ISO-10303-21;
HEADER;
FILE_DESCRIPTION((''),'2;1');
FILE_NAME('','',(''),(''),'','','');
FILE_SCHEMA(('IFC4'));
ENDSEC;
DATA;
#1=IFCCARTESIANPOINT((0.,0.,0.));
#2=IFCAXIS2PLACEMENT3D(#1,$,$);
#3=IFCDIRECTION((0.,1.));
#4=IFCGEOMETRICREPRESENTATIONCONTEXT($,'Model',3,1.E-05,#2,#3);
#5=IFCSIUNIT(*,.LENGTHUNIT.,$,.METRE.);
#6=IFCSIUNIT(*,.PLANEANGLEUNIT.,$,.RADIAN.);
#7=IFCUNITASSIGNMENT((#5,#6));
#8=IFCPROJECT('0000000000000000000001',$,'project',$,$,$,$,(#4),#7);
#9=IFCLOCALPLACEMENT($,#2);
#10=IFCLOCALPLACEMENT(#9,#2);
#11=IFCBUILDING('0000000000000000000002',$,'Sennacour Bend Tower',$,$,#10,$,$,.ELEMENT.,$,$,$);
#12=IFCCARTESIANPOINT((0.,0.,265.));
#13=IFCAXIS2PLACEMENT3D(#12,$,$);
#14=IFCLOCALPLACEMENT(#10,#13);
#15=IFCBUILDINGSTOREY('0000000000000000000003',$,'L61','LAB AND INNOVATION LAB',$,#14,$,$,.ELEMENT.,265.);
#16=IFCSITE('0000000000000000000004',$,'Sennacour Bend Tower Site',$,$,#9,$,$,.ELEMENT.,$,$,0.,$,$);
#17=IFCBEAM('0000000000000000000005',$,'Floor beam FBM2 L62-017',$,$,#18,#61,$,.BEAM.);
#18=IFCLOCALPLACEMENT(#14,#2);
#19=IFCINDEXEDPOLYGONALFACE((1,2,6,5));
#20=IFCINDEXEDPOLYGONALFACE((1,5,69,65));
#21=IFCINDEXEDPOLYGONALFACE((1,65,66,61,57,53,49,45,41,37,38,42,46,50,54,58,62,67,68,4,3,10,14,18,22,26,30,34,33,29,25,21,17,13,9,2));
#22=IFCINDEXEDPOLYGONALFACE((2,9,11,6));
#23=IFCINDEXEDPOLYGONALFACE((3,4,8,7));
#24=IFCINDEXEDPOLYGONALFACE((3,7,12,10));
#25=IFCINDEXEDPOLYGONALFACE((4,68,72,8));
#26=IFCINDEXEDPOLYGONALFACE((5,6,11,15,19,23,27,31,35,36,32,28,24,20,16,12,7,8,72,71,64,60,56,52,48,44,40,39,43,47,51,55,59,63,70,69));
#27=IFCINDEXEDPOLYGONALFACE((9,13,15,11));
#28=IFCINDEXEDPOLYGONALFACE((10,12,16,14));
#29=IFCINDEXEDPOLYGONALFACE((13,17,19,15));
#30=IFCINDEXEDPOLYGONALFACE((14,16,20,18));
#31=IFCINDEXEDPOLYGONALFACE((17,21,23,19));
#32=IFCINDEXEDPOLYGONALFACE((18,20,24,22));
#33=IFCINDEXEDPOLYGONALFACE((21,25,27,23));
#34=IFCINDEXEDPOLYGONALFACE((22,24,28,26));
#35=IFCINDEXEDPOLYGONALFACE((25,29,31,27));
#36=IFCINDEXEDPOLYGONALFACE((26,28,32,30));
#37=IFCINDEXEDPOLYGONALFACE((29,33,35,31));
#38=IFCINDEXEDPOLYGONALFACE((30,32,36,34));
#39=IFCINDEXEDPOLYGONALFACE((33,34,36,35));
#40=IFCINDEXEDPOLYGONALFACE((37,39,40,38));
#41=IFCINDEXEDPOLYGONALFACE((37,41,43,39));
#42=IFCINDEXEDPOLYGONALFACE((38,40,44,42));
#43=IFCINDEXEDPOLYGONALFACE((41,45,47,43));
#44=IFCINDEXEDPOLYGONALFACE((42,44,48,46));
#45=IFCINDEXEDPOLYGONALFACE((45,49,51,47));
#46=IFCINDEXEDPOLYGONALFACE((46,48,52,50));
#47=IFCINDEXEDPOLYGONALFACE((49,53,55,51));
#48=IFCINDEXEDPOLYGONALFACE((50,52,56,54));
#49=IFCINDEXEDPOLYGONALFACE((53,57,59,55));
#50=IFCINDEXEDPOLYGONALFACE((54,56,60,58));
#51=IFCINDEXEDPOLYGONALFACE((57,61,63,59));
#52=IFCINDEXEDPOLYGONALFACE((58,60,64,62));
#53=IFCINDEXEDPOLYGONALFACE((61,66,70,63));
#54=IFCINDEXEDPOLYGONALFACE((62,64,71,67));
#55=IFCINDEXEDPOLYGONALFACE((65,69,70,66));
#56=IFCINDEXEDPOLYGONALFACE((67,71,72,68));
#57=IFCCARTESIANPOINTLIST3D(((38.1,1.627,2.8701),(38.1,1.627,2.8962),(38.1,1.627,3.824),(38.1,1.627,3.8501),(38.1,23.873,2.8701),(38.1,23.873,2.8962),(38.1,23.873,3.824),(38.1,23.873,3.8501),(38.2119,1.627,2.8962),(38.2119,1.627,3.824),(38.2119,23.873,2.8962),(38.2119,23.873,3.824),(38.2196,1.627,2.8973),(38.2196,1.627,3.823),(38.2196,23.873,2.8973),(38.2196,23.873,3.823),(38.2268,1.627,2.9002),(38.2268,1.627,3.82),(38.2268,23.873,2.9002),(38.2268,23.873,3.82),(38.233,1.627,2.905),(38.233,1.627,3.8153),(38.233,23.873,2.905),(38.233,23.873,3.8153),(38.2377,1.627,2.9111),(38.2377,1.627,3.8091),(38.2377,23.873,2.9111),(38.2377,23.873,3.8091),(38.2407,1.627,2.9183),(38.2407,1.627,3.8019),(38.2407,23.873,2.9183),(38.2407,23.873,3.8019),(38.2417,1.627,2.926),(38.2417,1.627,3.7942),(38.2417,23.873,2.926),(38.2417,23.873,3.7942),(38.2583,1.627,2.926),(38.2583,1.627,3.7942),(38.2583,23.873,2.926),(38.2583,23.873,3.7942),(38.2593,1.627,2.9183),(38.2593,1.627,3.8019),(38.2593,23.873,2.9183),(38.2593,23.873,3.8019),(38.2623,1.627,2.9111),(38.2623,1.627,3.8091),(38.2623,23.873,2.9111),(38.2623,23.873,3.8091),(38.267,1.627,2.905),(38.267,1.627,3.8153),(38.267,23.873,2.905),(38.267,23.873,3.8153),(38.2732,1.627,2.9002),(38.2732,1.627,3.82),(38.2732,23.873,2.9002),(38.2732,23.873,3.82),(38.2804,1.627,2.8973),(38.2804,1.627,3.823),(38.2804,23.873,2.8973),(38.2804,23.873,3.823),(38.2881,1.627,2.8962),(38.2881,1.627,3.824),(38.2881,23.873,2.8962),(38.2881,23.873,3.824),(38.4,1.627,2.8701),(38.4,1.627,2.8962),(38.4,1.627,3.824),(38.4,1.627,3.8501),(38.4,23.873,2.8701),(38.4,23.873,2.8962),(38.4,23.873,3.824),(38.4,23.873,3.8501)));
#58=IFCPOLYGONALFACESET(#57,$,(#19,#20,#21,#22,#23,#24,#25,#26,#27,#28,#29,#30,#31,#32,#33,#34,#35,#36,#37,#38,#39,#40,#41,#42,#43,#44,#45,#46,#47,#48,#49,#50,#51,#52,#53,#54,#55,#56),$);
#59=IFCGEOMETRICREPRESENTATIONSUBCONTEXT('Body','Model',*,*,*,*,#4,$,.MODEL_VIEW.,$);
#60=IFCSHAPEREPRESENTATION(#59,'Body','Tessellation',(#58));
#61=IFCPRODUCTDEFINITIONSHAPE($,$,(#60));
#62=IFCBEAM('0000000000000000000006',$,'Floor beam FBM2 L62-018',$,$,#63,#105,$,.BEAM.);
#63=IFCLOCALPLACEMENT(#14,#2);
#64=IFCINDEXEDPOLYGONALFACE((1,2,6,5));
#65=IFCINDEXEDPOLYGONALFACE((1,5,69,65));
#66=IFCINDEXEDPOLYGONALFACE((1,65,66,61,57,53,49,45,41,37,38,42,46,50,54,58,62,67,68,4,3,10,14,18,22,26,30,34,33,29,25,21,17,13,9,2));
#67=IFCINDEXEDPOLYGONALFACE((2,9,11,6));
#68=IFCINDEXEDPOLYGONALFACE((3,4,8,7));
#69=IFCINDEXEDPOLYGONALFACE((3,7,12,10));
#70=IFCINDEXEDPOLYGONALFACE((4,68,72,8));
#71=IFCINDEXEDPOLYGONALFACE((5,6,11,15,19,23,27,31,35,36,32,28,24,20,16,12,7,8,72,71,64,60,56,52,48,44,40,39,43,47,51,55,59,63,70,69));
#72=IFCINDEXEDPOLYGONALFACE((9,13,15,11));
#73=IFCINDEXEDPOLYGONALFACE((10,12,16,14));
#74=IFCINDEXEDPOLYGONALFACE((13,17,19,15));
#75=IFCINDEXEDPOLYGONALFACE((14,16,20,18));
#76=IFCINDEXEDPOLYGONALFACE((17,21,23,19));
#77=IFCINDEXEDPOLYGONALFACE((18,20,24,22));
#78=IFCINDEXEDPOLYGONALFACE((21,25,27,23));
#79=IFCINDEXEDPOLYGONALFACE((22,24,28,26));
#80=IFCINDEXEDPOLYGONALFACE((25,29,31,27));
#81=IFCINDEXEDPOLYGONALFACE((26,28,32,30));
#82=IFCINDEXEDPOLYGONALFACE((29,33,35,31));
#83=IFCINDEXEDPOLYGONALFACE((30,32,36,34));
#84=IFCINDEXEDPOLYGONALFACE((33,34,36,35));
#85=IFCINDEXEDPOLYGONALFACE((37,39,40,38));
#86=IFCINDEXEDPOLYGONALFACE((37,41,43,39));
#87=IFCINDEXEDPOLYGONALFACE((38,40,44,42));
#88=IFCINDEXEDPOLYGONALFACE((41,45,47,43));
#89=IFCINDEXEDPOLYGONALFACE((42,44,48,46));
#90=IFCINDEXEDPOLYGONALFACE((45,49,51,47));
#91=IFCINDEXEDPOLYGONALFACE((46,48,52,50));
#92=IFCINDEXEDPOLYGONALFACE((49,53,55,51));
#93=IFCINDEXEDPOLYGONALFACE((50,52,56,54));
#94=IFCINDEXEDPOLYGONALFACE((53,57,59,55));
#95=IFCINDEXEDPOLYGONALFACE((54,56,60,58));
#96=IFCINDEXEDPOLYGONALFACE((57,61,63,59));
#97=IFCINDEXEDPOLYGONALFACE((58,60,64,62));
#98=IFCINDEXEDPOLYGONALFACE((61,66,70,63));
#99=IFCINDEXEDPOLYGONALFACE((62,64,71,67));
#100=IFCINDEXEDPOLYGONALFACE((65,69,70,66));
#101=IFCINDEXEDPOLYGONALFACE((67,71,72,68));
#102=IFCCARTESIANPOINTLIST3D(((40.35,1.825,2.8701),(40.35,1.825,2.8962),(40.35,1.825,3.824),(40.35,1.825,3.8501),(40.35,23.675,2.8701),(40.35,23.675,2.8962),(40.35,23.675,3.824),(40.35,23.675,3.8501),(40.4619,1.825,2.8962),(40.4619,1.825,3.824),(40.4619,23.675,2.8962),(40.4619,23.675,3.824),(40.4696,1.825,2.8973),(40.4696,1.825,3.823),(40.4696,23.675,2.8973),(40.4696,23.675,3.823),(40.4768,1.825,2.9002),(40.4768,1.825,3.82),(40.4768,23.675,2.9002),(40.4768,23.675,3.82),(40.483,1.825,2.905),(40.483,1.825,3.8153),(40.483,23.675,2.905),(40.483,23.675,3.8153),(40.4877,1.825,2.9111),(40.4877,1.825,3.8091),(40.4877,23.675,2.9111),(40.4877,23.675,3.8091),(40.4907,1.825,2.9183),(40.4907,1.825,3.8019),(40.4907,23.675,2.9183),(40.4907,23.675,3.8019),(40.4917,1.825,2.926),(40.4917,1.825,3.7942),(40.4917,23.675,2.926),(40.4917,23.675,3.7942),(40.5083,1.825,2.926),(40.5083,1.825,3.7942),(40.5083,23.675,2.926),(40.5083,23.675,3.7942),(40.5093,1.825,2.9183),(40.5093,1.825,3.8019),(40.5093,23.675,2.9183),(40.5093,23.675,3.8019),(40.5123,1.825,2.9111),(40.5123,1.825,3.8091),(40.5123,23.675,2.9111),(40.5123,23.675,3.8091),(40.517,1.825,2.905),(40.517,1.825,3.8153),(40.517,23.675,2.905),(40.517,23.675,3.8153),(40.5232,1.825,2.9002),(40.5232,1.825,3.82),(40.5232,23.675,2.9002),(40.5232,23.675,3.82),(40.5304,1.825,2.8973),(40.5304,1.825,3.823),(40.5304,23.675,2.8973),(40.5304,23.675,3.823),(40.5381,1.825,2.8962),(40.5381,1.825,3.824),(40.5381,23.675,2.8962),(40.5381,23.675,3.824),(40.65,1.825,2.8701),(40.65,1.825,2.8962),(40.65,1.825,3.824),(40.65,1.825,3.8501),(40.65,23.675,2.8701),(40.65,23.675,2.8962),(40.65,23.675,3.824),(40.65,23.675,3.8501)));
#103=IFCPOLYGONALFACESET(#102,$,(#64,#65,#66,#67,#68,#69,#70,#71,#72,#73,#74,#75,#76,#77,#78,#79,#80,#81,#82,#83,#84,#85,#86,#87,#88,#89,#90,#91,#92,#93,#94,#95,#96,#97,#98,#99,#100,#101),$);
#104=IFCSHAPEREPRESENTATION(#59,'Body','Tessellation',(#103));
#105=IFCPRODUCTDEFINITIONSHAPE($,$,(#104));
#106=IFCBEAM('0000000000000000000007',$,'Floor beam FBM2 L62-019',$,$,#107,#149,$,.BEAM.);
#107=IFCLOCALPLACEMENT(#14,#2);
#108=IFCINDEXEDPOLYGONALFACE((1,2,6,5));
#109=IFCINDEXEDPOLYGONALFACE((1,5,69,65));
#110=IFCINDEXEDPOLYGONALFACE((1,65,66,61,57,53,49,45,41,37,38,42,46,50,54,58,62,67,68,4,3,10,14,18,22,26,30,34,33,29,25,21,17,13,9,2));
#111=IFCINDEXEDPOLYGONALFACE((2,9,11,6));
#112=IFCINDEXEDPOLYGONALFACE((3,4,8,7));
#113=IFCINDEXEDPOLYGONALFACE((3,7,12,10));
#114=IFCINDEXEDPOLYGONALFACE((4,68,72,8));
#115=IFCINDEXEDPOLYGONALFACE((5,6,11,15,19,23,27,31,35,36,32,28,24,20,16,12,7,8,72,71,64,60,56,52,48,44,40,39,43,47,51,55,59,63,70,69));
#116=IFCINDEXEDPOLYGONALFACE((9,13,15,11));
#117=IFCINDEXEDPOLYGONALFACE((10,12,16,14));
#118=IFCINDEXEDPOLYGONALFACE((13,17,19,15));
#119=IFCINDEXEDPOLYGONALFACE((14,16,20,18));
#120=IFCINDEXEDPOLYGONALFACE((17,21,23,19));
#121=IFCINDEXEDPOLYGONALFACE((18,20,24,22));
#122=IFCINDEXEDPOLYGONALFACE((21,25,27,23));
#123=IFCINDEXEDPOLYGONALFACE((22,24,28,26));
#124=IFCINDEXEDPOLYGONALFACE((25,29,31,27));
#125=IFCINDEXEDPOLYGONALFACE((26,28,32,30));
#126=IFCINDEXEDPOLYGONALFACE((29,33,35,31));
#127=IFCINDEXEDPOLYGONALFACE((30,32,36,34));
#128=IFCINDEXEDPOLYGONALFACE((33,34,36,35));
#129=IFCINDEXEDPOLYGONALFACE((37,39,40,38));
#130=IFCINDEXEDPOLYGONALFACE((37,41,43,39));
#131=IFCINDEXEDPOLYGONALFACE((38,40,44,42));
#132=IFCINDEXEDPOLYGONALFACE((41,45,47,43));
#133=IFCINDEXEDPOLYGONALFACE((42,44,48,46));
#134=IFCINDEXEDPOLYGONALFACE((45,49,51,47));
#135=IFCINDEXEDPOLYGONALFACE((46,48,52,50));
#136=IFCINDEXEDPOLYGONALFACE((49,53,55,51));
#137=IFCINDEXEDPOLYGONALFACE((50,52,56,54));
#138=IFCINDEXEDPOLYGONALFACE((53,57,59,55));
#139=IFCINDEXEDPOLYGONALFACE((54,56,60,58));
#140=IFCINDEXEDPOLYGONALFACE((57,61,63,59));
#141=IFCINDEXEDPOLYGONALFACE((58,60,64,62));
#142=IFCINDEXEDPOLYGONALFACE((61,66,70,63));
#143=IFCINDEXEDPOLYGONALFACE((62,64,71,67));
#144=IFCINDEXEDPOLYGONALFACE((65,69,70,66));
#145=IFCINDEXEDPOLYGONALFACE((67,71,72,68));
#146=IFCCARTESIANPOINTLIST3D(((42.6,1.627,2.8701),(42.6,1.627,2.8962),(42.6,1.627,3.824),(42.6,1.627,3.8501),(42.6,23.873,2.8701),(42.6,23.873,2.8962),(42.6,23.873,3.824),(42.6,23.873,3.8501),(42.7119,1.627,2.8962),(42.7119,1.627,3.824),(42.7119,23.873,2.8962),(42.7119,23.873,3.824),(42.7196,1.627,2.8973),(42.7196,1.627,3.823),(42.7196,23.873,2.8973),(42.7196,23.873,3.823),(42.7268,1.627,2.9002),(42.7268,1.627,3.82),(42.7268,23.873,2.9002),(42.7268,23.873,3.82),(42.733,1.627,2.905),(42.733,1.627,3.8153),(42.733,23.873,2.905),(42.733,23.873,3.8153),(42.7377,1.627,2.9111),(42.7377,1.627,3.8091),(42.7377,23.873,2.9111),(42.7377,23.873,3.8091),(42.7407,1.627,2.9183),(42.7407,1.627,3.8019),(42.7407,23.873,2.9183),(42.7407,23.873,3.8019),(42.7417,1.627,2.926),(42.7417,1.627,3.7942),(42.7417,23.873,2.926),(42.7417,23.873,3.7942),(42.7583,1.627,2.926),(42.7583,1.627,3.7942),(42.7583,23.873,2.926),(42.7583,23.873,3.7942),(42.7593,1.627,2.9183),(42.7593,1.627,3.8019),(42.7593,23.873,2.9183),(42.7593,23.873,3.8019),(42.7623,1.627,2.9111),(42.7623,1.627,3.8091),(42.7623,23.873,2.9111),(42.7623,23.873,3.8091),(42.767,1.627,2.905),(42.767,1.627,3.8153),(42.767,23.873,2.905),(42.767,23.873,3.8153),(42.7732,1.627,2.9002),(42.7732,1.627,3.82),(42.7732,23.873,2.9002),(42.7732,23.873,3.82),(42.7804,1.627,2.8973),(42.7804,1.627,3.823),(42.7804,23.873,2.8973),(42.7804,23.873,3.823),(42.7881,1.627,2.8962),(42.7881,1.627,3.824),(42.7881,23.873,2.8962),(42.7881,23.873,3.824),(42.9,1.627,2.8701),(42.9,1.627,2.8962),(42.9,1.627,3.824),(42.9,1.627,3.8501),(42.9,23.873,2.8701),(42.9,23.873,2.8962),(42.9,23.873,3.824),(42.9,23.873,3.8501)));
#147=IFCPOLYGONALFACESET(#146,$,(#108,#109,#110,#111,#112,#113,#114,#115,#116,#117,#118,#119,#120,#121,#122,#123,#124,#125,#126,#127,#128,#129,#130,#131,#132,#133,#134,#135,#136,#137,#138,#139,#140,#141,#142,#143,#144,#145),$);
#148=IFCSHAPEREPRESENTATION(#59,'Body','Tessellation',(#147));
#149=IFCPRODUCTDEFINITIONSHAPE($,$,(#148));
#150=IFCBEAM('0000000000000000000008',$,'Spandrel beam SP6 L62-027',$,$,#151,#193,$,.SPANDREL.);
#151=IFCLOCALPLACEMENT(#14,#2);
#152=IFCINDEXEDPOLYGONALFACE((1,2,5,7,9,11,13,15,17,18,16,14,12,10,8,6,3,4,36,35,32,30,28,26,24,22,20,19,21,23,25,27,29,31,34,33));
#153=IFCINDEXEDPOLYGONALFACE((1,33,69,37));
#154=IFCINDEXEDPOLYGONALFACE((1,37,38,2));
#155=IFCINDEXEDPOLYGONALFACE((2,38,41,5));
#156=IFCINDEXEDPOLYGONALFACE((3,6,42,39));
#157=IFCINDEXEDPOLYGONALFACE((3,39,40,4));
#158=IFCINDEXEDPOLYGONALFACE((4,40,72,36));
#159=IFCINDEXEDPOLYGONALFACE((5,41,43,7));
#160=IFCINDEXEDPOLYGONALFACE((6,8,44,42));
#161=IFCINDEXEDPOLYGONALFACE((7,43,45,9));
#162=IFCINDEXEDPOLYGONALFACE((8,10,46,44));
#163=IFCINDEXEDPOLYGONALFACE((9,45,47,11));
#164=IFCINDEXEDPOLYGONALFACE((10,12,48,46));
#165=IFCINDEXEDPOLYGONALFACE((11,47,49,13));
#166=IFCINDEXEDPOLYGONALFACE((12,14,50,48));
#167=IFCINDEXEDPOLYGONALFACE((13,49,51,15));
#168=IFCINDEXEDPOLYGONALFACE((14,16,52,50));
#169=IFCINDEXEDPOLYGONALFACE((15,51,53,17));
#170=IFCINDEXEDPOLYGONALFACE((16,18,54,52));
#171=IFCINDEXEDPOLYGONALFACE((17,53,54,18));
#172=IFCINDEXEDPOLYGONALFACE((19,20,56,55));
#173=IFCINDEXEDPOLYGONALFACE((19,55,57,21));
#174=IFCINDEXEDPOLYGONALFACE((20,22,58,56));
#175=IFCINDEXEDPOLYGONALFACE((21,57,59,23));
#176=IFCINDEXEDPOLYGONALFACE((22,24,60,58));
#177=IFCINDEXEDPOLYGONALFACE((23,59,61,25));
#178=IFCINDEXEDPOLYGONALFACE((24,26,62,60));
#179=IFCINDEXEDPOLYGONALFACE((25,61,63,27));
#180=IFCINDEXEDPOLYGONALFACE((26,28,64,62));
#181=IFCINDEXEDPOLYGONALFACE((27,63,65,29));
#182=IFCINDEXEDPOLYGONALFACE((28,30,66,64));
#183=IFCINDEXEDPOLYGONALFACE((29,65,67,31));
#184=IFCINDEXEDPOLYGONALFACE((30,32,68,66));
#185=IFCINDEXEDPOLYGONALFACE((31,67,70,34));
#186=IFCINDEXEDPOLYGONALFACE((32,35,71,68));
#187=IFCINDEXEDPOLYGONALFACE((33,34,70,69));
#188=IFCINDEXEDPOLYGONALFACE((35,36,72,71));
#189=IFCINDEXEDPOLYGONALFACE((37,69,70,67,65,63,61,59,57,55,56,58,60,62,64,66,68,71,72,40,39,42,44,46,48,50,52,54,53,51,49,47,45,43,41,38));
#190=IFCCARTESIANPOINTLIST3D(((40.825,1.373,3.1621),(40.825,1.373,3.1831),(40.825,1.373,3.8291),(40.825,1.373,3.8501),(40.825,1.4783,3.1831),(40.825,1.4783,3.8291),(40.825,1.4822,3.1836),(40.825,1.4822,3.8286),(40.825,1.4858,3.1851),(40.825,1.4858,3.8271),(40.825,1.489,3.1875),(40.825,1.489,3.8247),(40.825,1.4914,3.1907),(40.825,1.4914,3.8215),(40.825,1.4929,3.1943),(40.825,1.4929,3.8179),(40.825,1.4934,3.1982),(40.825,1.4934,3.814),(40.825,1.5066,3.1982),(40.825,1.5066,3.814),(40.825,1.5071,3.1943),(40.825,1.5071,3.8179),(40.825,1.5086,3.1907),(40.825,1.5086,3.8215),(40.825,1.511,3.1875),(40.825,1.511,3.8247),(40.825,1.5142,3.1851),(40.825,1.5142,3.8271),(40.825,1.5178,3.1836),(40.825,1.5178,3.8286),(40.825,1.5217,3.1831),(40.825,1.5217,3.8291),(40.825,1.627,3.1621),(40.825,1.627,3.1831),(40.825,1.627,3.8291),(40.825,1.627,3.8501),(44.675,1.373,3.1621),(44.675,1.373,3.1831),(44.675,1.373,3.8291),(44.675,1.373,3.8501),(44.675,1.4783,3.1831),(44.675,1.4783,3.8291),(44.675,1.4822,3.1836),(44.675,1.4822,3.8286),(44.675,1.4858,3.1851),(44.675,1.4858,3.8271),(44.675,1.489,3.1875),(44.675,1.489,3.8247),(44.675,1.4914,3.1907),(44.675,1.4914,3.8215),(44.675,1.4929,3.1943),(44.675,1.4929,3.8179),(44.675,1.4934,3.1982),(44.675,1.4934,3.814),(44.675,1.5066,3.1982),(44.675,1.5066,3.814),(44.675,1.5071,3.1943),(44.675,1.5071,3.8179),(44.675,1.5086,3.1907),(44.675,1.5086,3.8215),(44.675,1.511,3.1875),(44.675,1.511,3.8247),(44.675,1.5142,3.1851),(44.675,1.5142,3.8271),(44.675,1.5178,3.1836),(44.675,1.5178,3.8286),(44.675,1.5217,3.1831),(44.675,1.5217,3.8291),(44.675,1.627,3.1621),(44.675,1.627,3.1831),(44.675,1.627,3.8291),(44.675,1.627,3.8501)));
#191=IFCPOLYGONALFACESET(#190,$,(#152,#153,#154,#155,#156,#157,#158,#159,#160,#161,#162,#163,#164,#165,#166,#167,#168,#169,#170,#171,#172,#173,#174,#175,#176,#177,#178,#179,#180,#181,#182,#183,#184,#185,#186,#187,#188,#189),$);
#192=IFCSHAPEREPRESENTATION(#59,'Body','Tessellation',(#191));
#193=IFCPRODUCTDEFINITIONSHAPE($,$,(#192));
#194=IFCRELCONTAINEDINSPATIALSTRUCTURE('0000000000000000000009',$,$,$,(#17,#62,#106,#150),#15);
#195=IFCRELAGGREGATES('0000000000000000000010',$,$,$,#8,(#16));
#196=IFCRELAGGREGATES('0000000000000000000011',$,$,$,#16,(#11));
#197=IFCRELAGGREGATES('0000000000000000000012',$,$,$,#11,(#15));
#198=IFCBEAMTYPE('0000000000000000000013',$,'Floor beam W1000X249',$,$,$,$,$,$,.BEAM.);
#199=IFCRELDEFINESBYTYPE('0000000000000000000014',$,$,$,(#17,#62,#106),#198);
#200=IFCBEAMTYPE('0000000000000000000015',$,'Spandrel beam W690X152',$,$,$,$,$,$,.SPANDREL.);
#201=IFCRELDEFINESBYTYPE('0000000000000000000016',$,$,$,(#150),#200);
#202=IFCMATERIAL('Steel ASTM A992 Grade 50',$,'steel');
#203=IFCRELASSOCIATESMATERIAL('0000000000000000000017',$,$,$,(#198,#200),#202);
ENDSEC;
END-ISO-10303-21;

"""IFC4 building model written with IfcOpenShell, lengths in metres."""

from ifc_helpers import new_model, si_unit, direction, frame, origin, origin_2d, place, context, subcontext, project, spatial, i_section, extrude, material, material_profile, profile_set, type_object, element, save


model = new_model("IFC4")

# Units and contexts
model_context = context("Model", 3, precision=1e-05, world=origin(), true_north=direction((0.0, 1.0)))
body_context = subcontext(model_context, "Body", "Model", "MODEL_VIEW")
ifc_project = project(units=[si_unit("LENGTHUNIT", "METRE"), si_unit("PLANEANGLEUNIT", "RADIAN")], contexts=[model_context])

# Site, building, storey
site_placement = place(None, origin())
site = spatial("IfcSite", under=ifc_project, at=site_placement, Name="Sennacour Bend Tower Site", CompositionType="ELEMENT", RefElevation=0.0)
building_placement = place(site_placement, origin())
building = spatial("IfcBuilding", under=site, at=building_placement, Name="Sennacour Bend Tower", CompositionType="ELEMENT")
storey_placement = place(building_placement, frame((0.0, 0.0, 265.0)))
storey = spatial("IfcBuildingStorey", under=building, at=storey_placement, Name="L61", Description="LAB AND INNOVATION LAB", CompositionType="ELEMENT", Elevation=265.0)

# Beams
ifc_material_1 = material(Name="Steel ASTM A992 Grade 50", Category="steel")
ifc_material_profile_1 = material_profile(ifc_material_1, i_section(OverallWidth=0.3, OverallDepth=0.98, WebThickness=0.0166, FlangeThickness=0.0261, FilletRadius=0.0298, at=origin_2d()), Name="Steel ASTM A992 Grade 50", Category="steel")
ifc_profile_set_1 = profile_set([ifc_material_profile_1], Name="Steel ASTM A992 Grade 50")
beam_type_1 = type_object("IfcBeamType", Name="Floor beam W1000X249", PredefinedType="BEAM", material=ifc_profile_set_1)
beam_1_placement = place(storey_placement, frame((38.25, 1.627, 3.3601), z_axis=(0.0, 1.0, 0.0), x_axis=(-1.0, 0.0, 0.0)))
element("IfcBeam", 1, at=beam_1_placement, inside=storey, type_object=beam_type_1, Name="Floor beam FBM2 L62-017", PredefinedType="BEAM", context=body_context, shape_type="SweptSolid", body=[
    extrude(i_section(OverallWidth=0.3, OverallDepth=0.98, WebThickness=0.0166, FlangeThickness=0.0261, FilletRadius=0.0298, at=origin_2d()), origin(), (0.0, 0.0, 1.0), 22.2461),
])
beam_2_placement = place(storey_placement, frame((40.5, 1.825, 3.3601), z_axis=(0.0, 1.0, 0.0), x_axis=(-1.0, 0.0, 0.0)))
element("IfcBeam", 2, at=beam_2_placement, inside=storey, type_object=beam_type_1, Name="Floor beam FBM2 L62-018", PredefinedType="BEAM", context=body_context, shape_type="SweptSolid", body=[
    extrude(i_section(OverallWidth=0.3, OverallDepth=0.98, WebThickness=0.0166, FlangeThickness=0.0261, FilletRadius=0.0298, at=origin_2d()), origin(), (0.0, 0.0, 1.0), 21.8501),
])
beam_3_placement = place(storey_placement, frame((42.75, 1.627, 3.3601), z_axis=(0.0, 1.0, 0.0), x_axis=(-1.0, 0.0, 0.0)))
element("IfcBeam", 3, at=beam_3_placement, inside=storey, type_object=beam_type_1, Name="Floor beam FBM2 L62-019", PredefinedType="BEAM", context=body_context, shape_type="SweptSolid", body=[
    extrude(i_section(OverallWidth=0.3, OverallDepth=0.98, WebThickness=0.0166, FlangeThickness=0.0261, FilletRadius=0.0298, at=origin_2d()), origin(), (0.0, 0.0, 1.0), 22.2461),
])
ifc_material_profile_2 = material_profile(ifc_material_1, i_section(OverallWidth=0.2539, OverallDepth=0.688, WebThickness=0.0132, FlangeThickness=0.021, FilletRadius=0.0151, at=origin_2d()), Name="Steel ASTM A992 Grade 50", Category="steel")
ifc_profile_set_2 = profile_set([ifc_material_profile_2], Name="Steel ASTM A992 Grade 50")
beam_type_2 = type_object("IfcBeamType", Name="Spandrel beam W690X152", PredefinedType="SPANDREL", material=ifc_profile_set_2)
for number, where, z_axis, x_axis, name in (
    (4, (44.675, 1.5, 3.5061), (-1.0, 0.0, 0.0), (0.0, -1.0, 0.0), "Spandrel beam SP6 L62-027"),
):
    element("IfcBeam", number, at=place(storey_placement, frame(where, z_axis=z_axis, x_axis=x_axis)), inside=storey, type_object=beam_type_2, Name=name, PredefinedType="SPANDREL", context=body_context, shape_type="SweptSolid", body=[
        extrude(i_section(OverallWidth=0.2539, OverallDepth=0.688, WebThickness=0.0132, FlangeThickness=0.021, FilletRadius=0.0151, at=origin_2d()), origin(), (0.0, 0.0, 1.0), 3.8501),
    ])

save(model, "model.ifc")
